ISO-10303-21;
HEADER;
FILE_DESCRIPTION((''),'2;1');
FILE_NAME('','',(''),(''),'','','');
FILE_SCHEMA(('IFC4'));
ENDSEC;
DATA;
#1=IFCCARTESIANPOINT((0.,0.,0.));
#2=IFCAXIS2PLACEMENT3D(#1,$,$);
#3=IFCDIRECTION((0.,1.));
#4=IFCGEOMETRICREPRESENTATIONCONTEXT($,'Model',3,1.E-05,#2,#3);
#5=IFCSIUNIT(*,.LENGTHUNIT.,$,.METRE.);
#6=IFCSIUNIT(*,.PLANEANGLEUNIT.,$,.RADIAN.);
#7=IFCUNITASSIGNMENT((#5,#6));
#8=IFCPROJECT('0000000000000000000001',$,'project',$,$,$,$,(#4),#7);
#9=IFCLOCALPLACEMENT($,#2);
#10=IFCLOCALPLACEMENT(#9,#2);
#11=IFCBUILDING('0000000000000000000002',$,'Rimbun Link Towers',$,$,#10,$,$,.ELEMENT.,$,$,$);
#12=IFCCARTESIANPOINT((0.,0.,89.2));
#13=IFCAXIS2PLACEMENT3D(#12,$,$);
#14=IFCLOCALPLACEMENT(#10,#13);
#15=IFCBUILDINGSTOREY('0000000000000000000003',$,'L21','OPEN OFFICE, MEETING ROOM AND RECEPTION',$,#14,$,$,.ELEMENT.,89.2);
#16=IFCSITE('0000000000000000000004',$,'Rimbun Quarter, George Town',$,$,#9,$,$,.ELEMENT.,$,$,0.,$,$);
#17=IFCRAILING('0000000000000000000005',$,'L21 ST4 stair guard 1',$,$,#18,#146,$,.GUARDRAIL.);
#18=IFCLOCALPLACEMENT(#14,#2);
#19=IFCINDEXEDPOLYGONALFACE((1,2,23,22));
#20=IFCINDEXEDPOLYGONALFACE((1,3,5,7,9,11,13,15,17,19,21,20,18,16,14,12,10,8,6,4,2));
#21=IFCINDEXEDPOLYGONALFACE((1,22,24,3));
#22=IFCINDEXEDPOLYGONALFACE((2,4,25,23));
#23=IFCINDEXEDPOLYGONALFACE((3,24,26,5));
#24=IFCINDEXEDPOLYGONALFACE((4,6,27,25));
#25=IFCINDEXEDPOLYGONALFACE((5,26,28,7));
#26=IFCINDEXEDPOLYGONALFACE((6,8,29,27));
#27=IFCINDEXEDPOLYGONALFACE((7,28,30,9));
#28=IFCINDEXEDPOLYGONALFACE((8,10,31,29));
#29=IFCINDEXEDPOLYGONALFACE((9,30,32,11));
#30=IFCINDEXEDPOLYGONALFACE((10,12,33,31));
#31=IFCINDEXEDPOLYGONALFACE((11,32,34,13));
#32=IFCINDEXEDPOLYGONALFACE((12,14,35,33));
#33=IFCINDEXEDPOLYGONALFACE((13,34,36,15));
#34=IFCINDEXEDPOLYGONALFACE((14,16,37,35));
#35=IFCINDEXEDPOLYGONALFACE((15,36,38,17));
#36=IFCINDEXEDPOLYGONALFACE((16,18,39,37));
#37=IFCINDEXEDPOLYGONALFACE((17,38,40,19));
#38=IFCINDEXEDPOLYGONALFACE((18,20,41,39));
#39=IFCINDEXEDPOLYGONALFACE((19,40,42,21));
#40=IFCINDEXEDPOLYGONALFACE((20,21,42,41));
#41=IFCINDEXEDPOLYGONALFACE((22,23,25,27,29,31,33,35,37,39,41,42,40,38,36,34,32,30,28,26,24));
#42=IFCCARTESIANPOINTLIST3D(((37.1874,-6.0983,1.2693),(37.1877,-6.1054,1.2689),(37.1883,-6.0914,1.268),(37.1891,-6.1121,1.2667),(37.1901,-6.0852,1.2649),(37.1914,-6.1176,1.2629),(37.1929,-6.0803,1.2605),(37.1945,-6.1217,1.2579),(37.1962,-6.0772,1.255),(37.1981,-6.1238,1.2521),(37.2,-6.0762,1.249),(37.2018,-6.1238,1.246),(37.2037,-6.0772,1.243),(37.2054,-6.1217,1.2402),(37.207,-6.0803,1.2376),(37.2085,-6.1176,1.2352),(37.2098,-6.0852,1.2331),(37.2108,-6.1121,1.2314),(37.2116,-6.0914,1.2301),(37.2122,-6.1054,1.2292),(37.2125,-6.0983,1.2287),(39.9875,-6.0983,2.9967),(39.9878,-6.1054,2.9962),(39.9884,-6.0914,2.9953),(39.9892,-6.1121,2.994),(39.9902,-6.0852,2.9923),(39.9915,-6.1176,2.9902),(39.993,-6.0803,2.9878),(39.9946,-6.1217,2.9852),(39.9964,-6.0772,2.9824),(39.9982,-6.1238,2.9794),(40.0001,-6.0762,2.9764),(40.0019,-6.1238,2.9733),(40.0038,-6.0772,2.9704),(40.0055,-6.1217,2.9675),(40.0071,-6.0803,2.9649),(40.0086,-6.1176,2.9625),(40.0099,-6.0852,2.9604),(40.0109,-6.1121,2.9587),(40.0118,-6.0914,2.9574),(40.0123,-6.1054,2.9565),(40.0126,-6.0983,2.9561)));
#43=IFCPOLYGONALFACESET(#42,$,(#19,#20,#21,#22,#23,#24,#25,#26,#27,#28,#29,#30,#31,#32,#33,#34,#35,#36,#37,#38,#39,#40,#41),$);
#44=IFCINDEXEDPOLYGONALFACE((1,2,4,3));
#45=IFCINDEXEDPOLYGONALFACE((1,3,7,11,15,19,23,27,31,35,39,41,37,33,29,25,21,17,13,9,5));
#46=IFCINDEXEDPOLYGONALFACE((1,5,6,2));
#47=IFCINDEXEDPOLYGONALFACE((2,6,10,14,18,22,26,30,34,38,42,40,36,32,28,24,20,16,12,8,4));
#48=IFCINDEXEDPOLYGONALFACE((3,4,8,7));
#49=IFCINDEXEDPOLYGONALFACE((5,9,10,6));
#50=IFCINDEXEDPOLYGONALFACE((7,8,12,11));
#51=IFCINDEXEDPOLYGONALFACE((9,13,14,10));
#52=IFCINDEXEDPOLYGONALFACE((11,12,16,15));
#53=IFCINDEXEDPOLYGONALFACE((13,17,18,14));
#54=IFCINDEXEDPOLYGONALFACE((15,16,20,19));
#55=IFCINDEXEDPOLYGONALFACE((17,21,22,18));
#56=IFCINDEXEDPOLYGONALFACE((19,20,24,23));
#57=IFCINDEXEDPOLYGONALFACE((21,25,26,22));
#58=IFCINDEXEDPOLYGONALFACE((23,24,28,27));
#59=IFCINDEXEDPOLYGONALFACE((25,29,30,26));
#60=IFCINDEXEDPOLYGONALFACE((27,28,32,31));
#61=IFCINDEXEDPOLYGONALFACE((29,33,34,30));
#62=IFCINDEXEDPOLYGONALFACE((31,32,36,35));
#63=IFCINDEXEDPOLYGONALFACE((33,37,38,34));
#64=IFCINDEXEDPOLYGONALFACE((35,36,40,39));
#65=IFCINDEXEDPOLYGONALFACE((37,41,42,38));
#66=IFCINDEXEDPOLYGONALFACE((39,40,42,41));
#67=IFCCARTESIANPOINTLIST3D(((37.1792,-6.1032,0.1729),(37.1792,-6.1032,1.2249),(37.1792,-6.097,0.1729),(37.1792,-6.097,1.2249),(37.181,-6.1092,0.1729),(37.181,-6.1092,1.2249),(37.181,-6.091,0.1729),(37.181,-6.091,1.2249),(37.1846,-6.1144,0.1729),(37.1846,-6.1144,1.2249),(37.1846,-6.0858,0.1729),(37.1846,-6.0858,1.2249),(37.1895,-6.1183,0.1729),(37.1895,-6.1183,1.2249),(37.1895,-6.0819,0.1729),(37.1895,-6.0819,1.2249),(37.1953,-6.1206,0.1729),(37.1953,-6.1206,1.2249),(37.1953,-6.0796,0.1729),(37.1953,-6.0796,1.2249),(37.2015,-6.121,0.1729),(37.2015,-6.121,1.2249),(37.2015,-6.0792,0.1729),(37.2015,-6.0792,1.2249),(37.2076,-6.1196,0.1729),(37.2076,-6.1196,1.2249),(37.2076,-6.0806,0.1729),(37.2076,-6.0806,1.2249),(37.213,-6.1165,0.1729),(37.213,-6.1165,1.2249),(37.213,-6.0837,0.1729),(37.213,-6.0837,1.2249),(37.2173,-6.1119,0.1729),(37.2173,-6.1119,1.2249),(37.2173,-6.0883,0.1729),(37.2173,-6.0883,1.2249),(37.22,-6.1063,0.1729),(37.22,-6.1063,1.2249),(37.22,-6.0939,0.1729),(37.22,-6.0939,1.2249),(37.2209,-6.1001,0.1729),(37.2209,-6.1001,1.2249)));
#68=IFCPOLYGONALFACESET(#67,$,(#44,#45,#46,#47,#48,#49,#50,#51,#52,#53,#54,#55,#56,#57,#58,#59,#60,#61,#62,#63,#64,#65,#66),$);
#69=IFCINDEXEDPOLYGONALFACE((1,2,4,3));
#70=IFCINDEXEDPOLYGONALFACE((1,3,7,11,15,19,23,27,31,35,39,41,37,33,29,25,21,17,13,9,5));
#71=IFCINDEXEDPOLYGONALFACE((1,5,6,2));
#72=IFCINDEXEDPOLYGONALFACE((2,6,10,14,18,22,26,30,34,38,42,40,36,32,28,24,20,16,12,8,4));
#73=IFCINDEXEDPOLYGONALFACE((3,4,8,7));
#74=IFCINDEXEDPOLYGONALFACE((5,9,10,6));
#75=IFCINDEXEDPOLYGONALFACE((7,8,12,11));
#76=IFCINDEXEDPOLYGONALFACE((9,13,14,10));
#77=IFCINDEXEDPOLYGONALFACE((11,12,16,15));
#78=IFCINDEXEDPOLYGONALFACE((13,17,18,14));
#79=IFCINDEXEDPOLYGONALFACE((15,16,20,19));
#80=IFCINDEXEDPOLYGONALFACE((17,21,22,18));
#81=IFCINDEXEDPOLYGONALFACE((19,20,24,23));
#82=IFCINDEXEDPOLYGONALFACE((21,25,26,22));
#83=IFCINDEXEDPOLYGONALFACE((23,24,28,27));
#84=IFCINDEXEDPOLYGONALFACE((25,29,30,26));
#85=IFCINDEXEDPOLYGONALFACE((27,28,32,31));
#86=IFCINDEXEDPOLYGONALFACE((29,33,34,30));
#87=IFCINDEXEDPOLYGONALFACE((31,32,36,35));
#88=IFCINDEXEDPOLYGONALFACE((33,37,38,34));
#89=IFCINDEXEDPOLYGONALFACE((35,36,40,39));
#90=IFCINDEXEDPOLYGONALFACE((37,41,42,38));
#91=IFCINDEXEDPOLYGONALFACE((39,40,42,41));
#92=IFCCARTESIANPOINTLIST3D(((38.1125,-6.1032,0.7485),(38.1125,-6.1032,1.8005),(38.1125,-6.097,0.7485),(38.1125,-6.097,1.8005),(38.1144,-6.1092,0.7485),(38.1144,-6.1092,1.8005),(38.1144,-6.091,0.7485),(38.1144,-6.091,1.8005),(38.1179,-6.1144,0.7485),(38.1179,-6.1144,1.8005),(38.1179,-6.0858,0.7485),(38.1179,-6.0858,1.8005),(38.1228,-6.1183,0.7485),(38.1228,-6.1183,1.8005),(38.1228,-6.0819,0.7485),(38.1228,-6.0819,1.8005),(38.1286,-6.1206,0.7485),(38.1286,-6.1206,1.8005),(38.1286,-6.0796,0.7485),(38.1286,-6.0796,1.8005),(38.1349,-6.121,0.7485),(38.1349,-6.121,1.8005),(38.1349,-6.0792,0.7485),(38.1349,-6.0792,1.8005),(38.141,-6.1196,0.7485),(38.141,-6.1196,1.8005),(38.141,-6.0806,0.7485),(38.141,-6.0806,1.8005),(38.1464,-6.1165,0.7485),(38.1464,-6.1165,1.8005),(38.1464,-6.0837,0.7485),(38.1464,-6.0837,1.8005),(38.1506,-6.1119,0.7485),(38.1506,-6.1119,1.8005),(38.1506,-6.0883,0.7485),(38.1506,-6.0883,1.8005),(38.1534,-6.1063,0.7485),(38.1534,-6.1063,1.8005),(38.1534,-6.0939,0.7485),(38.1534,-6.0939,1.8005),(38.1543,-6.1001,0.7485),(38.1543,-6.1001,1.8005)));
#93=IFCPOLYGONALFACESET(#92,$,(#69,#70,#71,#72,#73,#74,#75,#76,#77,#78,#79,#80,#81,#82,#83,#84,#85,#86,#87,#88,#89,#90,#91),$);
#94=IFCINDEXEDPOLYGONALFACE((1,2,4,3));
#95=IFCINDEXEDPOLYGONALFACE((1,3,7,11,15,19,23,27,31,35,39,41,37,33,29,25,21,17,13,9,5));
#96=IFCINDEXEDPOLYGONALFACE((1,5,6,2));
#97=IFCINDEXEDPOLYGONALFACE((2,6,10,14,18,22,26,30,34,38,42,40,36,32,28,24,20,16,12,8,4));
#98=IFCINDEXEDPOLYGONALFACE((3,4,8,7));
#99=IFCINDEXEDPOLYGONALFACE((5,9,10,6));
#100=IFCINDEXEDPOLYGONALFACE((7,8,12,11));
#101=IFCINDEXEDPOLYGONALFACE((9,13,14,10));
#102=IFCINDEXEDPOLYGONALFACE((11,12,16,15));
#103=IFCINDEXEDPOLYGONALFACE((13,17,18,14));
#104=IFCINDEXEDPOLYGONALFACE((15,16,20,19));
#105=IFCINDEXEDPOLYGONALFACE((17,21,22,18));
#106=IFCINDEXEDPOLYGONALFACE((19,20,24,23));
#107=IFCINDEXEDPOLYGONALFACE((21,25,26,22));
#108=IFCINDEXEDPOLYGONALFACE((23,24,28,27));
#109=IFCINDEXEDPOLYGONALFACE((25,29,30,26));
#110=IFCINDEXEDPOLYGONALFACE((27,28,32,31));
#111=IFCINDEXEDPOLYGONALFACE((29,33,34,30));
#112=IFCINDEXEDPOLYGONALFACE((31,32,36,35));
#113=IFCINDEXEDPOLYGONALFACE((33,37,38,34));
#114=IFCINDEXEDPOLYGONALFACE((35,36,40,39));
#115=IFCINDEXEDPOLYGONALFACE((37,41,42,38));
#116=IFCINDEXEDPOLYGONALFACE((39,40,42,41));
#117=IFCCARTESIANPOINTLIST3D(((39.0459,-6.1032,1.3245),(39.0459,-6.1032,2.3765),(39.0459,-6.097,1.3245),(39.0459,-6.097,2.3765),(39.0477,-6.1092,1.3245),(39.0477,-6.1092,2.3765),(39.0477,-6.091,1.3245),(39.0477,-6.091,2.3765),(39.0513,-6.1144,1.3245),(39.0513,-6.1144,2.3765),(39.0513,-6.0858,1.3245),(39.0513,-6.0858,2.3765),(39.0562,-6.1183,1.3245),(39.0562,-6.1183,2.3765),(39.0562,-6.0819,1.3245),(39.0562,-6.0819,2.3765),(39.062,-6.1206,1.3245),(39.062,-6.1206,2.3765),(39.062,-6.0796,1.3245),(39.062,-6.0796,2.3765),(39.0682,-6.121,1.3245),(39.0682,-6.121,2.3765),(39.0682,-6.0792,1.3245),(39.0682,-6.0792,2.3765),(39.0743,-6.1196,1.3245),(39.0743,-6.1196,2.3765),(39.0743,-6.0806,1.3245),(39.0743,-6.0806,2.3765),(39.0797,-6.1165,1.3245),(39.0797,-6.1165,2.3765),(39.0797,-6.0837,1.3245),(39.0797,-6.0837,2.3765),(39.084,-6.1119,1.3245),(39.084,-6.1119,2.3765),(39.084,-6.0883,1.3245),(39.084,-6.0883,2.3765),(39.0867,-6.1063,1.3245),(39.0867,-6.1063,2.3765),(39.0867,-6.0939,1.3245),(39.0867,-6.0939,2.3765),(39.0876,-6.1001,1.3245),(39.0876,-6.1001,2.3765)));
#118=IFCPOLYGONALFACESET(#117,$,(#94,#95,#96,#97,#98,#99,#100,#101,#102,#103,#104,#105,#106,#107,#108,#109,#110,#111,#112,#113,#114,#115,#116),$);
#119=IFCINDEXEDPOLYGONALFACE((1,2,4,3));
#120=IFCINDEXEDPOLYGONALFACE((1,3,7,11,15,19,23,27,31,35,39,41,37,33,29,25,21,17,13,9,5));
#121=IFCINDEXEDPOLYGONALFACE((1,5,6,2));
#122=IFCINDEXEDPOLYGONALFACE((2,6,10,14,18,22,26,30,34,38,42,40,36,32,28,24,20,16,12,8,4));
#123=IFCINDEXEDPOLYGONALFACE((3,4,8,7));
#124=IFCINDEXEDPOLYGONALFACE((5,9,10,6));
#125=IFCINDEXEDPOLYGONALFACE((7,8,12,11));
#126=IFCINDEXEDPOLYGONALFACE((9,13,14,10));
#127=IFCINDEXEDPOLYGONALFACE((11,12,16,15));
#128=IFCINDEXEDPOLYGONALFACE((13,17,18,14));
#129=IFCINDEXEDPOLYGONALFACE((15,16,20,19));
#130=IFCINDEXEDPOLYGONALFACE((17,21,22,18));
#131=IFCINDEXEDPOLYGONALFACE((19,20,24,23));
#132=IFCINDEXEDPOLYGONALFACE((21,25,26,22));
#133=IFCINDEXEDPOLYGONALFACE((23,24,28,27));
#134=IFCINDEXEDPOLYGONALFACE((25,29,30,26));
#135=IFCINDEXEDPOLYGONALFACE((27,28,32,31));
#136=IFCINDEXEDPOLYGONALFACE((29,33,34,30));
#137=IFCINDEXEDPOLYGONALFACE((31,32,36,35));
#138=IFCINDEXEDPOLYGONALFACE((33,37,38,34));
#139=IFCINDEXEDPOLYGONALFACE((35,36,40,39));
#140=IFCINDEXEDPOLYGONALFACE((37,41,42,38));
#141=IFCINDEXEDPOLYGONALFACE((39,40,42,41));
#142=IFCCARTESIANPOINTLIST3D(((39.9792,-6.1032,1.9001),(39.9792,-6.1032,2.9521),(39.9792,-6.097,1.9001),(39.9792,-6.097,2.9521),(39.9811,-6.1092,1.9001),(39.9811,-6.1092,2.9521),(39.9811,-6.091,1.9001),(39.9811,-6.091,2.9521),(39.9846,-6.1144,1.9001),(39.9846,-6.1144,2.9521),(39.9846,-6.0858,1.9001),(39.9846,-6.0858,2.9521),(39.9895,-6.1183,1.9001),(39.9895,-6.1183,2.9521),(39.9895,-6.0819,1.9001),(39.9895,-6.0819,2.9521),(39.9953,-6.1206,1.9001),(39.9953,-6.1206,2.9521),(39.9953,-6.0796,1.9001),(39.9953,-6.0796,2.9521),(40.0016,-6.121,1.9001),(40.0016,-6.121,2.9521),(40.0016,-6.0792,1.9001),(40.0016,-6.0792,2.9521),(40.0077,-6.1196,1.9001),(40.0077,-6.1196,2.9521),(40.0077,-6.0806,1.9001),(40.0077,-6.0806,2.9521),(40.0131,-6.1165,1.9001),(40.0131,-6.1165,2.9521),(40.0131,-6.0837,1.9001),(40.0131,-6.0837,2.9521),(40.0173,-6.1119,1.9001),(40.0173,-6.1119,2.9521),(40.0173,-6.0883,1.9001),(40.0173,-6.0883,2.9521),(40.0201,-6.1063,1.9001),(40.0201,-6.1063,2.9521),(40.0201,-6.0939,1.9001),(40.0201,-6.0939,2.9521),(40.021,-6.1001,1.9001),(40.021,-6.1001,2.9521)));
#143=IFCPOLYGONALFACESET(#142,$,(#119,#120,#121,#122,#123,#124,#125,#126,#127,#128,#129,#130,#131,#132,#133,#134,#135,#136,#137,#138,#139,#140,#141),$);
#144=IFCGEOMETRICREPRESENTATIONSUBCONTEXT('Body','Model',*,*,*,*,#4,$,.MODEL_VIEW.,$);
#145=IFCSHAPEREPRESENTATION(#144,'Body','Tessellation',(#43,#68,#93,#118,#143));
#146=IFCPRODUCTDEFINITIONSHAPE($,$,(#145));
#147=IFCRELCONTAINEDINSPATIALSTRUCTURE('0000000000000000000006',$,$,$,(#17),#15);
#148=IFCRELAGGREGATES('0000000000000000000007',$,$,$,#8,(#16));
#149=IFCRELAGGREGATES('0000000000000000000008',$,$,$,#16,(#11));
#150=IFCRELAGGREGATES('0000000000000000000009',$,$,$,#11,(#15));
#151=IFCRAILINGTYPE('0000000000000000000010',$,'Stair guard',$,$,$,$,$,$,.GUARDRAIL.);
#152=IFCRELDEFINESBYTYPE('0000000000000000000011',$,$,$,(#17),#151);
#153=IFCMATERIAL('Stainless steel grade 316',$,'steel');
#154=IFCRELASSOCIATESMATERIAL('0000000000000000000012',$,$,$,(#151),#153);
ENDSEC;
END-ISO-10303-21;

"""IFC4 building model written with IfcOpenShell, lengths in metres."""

from ifc_helpers import new_model, si_unit, direction, frame, origin, origin_2d, place, context, subcontext, project, spatial, circle, extrude, material, type_object, element, save


model = new_model("IFC4")

# Units and contexts
model_context = context("Model", 3, precision=1e-05, world=origin(), true_north=direction((0.0, 1.0)))
body_context = subcontext(model_context, "Body", "Model", "MODEL_VIEW")
ifc_project = project(units=[si_unit("LENGTHUNIT", "METRE"), si_unit("PLANEANGLEUNIT", "RADIAN")], contexts=[model_context])

# Site, building, storey
site_placement = place(None, origin())
site = spatial("IfcSite", under=ifc_project, at=site_placement, Name="Rimbun Quarter, George Town", CompositionType="ELEMENT", RefElevation=0.0)
building_placement = place(site_placement, origin())
building = spatial("IfcBuilding", under=site, at=building_placement, Name="Rimbun Link Towers", CompositionType="ELEMENT")
storey_placement = place(building_placement, frame((0.0, 0.0, 89.2)))
storey = spatial("IfcBuildingStorey", under=building, at=storey_placement, Name="L21", Description="OPEN OFFICE, MEETING ROOM AND RECEPTION", CompositionType="ELEMENT", Elevation=89.2)

# Railing
ifc_material_1 = material(Name="Stainless steel grade 316", Category="steel")
railing_type_1 = type_object("IfcRailingType", Name="Stair guard", PredefinedType="GUARDRAIL", material=ifc_material_1)
railing_1_placement = place(storey_placement, frame((37.2, -6.1001, 0.1729)))
element("IfcRailing", 1, at=railing_1_placement, inside=storey, type_object=railing_type_1, Name="L21 ST4 stair guard 1", PredefinedType="GUARDRAIL", context=body_context, shape_type="SweptSolid", body=[
    extrude(circle(Radius=0.0239, at=origin_2d()), frame((0.0, 0.0, 1.0762), z_axis=(0.85109, 0.0, 0.52502), x_axis=(0.0, 1.0, 0.0)), (0.0, 0.0, 1.0), 3.29),
    extrude(circle(Radius=0.021, at=origin_2d()), origin(), (0.0, 0.0, 1.0), 1.052),
    extrude(circle(Radius=0.021, at=origin_2d()), frame((0.9333, 0.0, 0.5757)), (0.0, 0.0, 1.0), 1.052),
    extrude(circle(Radius=0.021, at=origin_2d()), frame((1.8667, 0.0, 1.1516)), (0.0, 0.0, 1.0), 1.052),
    extrude(circle(Radius=0.021, at=origin_2d()), frame((2.8, 0.0, 1.7273)), (0.0, 0.0, 1.0), 1.052),
])

save(model, "model.ifc")
